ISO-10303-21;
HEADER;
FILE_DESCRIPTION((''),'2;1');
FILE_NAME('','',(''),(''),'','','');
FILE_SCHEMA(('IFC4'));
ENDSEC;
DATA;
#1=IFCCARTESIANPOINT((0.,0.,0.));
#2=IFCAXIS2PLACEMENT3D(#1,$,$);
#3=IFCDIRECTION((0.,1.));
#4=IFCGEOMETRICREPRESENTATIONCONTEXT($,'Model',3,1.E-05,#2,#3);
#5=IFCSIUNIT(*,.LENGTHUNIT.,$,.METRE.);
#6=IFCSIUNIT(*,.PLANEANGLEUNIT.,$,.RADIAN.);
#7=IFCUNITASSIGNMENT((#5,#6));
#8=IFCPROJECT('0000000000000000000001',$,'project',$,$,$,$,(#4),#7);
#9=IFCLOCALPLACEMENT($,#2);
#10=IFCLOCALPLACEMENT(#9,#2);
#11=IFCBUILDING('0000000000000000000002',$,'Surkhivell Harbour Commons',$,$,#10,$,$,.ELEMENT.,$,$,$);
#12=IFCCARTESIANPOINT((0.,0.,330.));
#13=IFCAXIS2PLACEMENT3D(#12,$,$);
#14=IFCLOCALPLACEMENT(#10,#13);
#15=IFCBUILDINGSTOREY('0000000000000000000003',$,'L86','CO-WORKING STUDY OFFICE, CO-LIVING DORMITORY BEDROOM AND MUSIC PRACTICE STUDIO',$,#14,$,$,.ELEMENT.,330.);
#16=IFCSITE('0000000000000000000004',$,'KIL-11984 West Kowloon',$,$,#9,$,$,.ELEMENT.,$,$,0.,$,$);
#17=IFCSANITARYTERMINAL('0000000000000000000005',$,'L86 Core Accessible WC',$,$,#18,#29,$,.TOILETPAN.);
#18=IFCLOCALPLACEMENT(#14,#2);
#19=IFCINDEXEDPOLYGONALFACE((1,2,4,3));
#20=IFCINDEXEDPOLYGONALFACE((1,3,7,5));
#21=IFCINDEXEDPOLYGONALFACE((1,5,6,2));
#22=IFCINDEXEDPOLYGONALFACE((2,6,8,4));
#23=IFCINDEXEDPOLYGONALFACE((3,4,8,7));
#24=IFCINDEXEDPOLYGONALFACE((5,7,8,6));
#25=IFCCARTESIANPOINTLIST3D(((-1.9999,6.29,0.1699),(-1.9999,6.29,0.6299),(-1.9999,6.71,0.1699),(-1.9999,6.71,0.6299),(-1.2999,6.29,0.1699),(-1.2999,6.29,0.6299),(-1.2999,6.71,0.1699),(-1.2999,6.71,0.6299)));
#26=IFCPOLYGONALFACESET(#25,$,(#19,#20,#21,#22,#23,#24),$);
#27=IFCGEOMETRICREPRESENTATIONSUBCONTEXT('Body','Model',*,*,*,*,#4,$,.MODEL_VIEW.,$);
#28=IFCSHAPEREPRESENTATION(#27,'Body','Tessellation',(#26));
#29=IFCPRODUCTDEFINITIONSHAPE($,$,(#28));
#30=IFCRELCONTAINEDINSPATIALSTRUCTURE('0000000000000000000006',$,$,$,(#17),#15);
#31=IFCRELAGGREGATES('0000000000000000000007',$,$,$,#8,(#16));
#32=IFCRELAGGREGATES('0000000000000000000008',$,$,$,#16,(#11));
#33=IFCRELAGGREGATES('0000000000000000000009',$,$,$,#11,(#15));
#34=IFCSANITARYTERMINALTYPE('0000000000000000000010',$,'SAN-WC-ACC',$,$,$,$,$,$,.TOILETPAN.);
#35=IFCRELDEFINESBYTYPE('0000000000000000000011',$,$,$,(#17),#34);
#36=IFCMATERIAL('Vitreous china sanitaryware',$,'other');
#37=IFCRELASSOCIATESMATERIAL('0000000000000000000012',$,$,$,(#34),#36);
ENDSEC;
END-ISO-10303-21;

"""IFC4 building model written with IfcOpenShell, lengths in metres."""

from ifc_helpers import new_model, si_unit, direction, frame, origin, origin_2d, place, context, subcontext, project, spatial, rectangle, extrude, material, type_object, element, save


model = new_model("IFC4")

# Units and contexts
model_context = context("Model", 3, precision=1e-05, world=origin(), true_north=direction((0.0, 1.0)))
body_context = subcontext(model_context, "Body", "Model", "MODEL_VIEW")
ifc_project = project(units=[si_unit("LENGTHUNIT", "METRE"), si_unit("PLANEANGLEUNIT", "RADIAN")], contexts=[model_context])

# Site, building, storey
site_placement = place(None, origin())
site = spatial("IfcSite", under=ifc_project, at=site_placement, Name="KIL-11984 West Kowloon", CompositionType="ELEMENT", RefElevation=0.0)
building_placement = place(site_placement, origin())
building = spatial("IfcBuilding", under=site, at=building_placement, Name="Surkhivell Harbour Commons", CompositionType="ELEMENT")
storey_placement = place(building_placement, frame((0.0, 0.0, 330.0)))
storey = spatial("IfcBuildingStorey", under=building, at=storey_placement, Name="L86", Description="CO-WORKING STUDY OFFICE, CO-LIVING DORMITORY BEDROOM AND MUSIC PRACTICE STUDIO", CompositionType="ELEMENT", Elevation=330.0)

# Sanitary terminal
ifc_material_1 = material(Name="Vitreous china sanitaryware", Category="other")
sanitary_terminal_type_1 = type_object("IfcSanitaryTerminalType", Name="SAN-WC-ACC", PredefinedType="TOILETPAN", material=ifc_material_1)
sanitary_terminal_1_placement = place(storey_placement, frame((-1.6499, 6.5, 0.1699), z_axis=(0.0, 0.0, 1.0), x_axis=(1.0, 0.0, 0.0)))
element("IfcSanitaryTerminal", 1, at=sanitary_terminal_1_placement, inside=storey, type_object=sanitary_terminal_type_1, Name="L86 Core Accessible WC", PredefinedType="TOILETPAN", context=body_context, shape_type="SweptSolid", body=[
    extrude(rectangle(XDim=0.7, YDim=0.4199, at=origin_2d()), origin(), (0.0, 0.0, 1.0), 0.46),
])

save(model, "model.ifc")
